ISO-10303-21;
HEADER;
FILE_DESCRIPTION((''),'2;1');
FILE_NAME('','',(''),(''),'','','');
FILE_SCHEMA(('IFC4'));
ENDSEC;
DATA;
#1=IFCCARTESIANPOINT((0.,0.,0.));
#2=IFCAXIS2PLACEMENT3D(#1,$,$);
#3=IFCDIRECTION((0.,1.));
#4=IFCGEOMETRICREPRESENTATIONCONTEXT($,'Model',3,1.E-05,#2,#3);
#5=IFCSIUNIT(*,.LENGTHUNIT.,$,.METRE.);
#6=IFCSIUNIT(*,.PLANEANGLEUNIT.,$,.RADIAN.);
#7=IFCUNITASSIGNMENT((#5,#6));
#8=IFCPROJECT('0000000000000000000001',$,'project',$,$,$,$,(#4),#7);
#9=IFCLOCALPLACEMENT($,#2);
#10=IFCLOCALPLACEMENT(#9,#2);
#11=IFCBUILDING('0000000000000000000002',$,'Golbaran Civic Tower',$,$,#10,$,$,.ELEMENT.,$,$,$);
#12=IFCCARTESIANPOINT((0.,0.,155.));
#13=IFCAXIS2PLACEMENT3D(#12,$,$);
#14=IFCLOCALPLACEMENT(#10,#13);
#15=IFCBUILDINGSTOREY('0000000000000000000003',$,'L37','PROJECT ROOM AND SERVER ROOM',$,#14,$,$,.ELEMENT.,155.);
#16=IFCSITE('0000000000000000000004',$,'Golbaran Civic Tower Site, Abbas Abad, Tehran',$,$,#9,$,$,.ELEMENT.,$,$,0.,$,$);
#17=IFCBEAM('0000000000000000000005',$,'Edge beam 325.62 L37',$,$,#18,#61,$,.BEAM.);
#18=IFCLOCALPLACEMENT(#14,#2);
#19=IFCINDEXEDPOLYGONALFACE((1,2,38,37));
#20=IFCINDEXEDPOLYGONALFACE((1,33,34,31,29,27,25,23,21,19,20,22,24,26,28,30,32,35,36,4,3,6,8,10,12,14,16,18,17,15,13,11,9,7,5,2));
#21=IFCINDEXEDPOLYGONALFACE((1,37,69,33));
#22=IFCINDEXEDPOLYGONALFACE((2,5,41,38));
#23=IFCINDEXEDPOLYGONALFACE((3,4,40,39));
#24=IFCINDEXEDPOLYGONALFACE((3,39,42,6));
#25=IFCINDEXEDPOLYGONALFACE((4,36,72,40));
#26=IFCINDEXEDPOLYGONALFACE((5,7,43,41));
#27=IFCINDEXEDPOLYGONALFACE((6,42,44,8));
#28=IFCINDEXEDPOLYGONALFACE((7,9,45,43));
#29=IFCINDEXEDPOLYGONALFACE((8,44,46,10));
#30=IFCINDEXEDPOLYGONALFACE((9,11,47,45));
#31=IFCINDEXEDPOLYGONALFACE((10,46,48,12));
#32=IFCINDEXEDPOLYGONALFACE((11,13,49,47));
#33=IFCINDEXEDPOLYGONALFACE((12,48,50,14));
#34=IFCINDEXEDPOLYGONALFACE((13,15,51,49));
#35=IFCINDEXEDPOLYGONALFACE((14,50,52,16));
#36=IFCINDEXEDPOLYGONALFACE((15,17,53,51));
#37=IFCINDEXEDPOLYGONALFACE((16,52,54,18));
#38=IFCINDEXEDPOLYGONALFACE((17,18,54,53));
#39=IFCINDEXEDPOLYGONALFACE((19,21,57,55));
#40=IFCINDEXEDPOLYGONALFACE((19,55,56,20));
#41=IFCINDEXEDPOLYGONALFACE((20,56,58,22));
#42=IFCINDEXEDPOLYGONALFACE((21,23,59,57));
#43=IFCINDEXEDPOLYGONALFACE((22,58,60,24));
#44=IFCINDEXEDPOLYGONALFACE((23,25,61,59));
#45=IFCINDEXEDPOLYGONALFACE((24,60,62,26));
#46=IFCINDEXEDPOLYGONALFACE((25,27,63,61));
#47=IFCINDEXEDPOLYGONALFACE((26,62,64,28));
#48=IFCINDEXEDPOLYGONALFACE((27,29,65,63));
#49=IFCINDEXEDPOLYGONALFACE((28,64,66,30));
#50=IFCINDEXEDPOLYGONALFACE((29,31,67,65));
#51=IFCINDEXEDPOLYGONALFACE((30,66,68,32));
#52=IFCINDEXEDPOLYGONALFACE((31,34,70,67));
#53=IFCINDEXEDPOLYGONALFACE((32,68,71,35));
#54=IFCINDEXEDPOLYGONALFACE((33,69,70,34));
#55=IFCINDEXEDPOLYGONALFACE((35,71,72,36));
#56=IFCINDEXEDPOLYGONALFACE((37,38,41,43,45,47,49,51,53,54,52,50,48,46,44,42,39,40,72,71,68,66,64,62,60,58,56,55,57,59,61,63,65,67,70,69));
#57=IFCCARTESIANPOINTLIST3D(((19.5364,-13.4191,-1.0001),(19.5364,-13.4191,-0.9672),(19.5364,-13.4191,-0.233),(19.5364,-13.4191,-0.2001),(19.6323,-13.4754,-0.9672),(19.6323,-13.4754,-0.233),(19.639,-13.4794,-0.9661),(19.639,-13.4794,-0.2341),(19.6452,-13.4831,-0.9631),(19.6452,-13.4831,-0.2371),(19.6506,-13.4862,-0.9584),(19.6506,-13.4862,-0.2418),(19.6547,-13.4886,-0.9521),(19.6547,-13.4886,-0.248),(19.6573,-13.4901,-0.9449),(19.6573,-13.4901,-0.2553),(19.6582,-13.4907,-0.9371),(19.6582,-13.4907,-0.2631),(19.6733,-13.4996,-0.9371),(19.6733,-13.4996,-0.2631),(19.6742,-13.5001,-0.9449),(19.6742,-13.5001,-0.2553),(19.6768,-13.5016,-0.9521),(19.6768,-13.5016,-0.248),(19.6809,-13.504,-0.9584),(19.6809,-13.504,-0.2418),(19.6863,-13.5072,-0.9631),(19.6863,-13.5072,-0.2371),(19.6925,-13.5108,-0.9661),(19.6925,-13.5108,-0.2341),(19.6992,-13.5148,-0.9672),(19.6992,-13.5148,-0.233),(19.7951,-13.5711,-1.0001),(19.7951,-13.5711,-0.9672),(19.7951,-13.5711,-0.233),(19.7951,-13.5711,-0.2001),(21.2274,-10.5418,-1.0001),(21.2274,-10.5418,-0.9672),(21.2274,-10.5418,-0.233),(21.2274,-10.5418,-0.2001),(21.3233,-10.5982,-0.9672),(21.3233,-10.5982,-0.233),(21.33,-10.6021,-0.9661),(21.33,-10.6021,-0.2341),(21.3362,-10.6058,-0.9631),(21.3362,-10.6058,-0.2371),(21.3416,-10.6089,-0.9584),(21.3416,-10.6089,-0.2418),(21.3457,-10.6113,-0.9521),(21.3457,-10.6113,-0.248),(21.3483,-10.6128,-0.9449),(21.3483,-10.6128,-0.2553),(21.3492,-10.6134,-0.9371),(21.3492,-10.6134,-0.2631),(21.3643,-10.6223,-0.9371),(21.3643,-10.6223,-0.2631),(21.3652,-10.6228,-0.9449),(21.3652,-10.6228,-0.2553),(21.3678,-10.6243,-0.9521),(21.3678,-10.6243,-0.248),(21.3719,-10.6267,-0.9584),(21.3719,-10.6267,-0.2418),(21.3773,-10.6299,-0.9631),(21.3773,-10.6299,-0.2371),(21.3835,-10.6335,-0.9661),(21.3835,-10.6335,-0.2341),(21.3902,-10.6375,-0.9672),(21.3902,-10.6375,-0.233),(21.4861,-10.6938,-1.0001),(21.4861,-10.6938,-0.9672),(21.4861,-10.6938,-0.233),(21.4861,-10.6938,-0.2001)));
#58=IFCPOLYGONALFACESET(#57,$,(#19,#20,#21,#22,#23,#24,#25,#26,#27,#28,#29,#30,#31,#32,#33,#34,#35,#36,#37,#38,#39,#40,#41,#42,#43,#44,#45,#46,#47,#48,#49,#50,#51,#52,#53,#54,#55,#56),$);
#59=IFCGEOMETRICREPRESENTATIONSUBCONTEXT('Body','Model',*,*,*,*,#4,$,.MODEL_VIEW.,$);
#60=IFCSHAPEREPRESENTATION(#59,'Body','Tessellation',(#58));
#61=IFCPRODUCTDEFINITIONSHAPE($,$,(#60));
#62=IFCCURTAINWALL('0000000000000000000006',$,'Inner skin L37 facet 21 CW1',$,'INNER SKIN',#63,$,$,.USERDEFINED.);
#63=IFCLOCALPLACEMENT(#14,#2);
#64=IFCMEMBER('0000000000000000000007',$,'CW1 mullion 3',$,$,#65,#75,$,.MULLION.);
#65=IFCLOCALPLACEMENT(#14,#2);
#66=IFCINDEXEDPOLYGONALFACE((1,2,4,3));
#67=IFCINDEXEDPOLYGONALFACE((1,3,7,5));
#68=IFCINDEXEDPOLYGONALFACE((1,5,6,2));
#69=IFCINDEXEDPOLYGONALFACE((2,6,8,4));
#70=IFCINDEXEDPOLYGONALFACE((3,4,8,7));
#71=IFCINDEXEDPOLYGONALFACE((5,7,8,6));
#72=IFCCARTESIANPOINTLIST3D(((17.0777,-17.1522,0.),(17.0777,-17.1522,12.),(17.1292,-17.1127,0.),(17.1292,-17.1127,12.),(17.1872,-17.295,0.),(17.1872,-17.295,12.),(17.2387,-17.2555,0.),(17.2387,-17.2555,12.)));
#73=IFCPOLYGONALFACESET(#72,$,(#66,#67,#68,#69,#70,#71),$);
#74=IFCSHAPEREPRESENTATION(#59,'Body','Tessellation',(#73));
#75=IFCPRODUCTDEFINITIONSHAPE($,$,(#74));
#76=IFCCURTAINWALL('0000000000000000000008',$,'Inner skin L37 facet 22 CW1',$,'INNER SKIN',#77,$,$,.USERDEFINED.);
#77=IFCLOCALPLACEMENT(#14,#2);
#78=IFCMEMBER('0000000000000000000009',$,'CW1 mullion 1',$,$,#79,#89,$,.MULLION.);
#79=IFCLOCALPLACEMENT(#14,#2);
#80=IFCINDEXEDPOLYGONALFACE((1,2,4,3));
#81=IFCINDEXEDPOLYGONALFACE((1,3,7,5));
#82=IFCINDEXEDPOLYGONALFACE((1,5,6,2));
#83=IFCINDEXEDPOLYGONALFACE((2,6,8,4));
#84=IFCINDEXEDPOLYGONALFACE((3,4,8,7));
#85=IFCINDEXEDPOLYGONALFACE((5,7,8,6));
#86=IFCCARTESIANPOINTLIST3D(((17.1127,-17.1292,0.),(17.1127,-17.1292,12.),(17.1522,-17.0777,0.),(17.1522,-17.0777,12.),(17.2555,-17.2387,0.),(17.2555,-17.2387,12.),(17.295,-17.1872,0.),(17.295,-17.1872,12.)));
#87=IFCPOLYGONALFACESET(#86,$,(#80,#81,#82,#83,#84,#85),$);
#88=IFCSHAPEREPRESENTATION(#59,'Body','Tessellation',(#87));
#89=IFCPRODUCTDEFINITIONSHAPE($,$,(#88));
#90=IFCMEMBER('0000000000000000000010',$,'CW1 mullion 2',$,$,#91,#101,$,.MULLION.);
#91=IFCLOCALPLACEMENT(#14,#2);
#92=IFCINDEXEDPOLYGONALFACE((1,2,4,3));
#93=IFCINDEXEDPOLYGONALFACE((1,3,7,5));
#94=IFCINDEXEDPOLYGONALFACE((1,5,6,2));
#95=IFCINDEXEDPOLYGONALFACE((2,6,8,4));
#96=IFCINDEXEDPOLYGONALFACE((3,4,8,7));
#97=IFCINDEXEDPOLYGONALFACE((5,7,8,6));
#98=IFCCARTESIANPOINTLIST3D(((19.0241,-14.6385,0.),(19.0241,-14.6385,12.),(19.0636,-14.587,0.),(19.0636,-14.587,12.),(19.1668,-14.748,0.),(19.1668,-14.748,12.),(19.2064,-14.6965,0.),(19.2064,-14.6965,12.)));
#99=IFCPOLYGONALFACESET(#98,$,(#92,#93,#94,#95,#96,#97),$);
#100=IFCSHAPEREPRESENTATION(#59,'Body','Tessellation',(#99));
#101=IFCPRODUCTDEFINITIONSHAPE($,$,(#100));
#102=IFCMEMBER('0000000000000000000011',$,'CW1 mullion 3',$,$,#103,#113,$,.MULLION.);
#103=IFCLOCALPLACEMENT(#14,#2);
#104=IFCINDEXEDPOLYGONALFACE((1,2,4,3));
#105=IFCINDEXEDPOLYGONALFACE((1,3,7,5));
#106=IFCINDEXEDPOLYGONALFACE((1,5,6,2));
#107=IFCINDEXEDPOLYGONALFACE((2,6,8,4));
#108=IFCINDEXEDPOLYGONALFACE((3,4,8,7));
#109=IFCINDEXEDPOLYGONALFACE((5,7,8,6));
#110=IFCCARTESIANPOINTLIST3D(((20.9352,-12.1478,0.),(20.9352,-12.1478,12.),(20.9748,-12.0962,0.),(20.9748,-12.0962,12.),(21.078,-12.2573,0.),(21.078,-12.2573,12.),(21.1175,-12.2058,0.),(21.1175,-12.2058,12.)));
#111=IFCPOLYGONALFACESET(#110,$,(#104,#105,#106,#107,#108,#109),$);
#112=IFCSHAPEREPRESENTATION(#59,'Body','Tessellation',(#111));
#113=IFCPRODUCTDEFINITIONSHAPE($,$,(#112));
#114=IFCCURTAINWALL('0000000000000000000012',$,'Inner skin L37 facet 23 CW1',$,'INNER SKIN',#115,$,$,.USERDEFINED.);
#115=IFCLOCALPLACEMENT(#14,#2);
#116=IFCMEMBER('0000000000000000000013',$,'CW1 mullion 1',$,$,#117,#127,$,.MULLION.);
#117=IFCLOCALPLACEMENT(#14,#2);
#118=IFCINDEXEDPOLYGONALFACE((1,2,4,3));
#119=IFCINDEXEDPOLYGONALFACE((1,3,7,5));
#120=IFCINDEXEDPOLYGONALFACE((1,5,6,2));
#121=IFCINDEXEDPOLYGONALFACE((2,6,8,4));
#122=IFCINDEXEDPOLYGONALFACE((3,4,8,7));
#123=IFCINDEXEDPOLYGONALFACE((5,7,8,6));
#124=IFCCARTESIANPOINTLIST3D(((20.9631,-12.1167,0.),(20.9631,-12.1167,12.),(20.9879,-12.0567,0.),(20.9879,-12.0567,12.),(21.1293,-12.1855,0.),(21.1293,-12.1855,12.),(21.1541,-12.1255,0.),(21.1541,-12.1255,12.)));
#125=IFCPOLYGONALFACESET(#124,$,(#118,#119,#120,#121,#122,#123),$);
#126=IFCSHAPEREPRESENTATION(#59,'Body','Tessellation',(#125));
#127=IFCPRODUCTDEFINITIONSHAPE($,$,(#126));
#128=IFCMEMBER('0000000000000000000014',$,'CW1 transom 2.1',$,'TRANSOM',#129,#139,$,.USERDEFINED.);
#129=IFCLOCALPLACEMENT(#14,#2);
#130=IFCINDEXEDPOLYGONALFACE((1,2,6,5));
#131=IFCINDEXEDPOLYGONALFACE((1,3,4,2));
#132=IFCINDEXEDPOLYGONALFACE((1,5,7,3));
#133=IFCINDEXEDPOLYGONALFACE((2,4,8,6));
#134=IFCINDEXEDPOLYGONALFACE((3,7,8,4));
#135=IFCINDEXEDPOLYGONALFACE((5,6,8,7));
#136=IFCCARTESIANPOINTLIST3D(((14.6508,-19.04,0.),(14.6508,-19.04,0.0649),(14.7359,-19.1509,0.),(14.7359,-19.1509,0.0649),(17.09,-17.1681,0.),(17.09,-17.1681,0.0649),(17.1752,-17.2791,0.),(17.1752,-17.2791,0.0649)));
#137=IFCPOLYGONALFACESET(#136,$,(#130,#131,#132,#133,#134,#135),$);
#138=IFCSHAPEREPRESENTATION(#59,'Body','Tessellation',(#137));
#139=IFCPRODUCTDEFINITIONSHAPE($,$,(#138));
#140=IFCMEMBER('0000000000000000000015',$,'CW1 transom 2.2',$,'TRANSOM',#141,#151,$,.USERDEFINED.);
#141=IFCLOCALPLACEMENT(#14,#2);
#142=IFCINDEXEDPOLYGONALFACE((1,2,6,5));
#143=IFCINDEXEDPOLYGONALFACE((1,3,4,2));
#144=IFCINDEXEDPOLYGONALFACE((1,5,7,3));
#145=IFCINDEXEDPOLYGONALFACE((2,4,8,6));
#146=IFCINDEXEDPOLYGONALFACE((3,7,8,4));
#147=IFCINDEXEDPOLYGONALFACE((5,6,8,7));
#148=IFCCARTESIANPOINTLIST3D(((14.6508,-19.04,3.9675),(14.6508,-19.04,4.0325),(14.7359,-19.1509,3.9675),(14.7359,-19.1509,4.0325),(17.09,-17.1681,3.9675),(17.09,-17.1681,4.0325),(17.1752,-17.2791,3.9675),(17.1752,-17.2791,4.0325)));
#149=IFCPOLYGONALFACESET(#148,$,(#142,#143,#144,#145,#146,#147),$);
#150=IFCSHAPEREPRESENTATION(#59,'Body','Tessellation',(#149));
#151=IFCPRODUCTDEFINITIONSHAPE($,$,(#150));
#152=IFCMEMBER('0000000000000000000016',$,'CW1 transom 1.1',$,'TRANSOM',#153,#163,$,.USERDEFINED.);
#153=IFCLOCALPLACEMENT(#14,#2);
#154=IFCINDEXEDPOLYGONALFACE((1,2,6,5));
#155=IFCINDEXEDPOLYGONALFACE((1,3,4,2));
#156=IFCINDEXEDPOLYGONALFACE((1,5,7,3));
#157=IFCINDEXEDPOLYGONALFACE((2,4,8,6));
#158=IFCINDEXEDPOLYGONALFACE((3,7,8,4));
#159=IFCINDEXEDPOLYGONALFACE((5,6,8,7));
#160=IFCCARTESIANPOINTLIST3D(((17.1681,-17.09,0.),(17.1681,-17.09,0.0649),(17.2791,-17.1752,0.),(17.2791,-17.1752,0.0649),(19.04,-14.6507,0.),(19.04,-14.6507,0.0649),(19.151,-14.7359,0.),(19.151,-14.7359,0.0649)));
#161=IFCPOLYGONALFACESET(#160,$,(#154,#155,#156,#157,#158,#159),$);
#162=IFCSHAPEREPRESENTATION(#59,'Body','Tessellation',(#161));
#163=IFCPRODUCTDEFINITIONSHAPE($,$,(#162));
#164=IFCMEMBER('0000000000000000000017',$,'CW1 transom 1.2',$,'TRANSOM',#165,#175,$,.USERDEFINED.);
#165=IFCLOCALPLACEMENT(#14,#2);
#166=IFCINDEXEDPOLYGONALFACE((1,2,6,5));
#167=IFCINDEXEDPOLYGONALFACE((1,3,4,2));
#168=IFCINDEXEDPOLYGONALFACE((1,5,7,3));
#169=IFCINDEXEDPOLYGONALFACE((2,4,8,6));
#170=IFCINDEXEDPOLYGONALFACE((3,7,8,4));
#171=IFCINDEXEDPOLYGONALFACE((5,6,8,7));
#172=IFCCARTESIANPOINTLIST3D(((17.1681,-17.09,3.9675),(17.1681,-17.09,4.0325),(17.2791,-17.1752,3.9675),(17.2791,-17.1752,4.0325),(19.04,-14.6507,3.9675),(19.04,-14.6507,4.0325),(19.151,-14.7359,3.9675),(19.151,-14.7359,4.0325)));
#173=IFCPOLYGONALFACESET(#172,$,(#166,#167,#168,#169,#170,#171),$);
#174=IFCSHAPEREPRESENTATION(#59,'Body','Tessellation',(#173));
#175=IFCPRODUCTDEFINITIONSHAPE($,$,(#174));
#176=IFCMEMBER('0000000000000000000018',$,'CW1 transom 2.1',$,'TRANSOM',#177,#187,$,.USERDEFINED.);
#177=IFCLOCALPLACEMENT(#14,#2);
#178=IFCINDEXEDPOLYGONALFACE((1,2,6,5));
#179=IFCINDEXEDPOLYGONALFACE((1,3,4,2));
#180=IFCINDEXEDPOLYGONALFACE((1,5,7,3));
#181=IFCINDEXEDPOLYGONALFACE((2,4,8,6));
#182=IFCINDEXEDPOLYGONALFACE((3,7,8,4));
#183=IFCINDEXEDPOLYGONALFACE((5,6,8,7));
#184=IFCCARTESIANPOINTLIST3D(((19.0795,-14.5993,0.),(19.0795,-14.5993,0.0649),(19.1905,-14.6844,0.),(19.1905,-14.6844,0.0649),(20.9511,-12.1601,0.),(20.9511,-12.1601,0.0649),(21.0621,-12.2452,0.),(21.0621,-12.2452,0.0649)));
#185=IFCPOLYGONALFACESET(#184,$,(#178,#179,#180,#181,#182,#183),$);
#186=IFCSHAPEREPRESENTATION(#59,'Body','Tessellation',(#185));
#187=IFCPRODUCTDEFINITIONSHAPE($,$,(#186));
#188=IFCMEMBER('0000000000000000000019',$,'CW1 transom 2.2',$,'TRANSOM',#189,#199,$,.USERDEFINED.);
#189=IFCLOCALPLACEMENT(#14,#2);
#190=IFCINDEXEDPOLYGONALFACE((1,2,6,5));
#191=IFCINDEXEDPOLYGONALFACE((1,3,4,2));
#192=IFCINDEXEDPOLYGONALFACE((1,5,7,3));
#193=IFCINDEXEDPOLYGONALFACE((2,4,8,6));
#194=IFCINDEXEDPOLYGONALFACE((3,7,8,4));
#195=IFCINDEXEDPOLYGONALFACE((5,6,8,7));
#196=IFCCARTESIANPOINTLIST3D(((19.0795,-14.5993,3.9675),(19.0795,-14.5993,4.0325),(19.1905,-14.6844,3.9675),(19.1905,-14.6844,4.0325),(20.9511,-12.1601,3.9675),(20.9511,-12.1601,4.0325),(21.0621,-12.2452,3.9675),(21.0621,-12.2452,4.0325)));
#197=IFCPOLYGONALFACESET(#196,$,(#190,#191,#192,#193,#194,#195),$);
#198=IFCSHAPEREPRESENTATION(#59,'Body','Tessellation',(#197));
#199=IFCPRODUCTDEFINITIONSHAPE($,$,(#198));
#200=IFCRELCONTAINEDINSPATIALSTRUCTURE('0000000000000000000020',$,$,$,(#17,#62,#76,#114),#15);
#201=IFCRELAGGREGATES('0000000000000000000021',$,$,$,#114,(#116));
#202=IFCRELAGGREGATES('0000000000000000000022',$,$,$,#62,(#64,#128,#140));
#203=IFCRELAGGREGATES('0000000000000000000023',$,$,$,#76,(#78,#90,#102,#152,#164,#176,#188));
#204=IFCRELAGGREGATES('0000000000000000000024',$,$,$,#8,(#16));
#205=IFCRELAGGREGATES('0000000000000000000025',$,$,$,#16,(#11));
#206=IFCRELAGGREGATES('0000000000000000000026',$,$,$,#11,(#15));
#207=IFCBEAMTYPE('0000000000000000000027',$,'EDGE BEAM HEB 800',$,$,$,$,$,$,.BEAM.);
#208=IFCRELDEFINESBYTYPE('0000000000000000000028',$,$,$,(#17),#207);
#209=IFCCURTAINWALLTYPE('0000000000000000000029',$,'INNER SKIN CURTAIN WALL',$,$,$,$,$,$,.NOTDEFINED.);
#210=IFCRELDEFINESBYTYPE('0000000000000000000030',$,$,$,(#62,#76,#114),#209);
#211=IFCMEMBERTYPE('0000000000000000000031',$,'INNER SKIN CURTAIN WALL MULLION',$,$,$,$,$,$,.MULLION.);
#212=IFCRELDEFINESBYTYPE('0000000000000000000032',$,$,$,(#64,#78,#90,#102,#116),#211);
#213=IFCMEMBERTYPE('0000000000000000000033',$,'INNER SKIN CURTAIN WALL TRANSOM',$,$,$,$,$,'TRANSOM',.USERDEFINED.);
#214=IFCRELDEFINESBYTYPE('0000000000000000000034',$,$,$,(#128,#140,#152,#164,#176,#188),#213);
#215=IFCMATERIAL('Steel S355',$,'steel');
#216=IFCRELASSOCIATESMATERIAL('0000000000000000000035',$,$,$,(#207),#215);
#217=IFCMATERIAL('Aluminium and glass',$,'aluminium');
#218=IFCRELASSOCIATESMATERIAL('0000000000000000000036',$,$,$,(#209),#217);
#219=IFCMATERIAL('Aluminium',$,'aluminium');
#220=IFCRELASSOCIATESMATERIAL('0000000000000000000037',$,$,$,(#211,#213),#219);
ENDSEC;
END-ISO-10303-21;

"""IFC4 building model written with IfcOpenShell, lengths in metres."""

from ifc_helpers import new_model, si_unit, direction, frame, origin, origin_2d, place, context, subcontext, project, spatial, rectangle, i_section, extrude, material, material_profile, profile_set, type_object, element, aggregate, save


model = new_model("IFC4")

# Units and contexts
model_context = context("Model", 3, precision=1e-05, world=origin(), true_north=direction((0.0, 1.0)))
body_context = subcontext(model_context, "Body", "Model", "MODEL_VIEW")
ifc_project = project(units=[si_unit("LENGTHUNIT", "METRE"), si_unit("PLANEANGLEUNIT", "RADIAN")], contexts=[model_context])

# Site, building, storey
site_placement = place(None, origin())
site = spatial("IfcSite", under=ifc_project, at=site_placement, Name="Golbaran Civic Tower Site, Abbas Abad, Tehran", CompositionType="ELEMENT", RefElevation=0.0)
building_placement = place(site_placement, origin())
building = spatial("IfcBuilding", under=site, at=building_placement, Name="Golbaran Civic Tower", CompositionType="ELEMENT")
storey_placement = place(building_placement, frame((0.0, 0.0, 155.0)))
storey = spatial("IfcBuildingStorey", under=building, at=storey_placement, Name="L37", Description="PROJECT ROOM AND SERVER ROOM", CompositionType="ELEMENT", Elevation=155.0)

# Beam
ifc_material_1 = material(Name="Steel S355", Category="steel")
ifc_material_profile_1 = material_profile(ifc_material_1, i_section(OverallWidth=0.3, OverallDepth=0.8, WebThickness=0.0176, FlangeThickness=0.033, FilletRadius=0.03, at=origin_2d()), Name="HEB 800")
ifc_profile_set_1 = profile_set([ifc_material_profile_1], Name="Steel S355")
beam_type = type_object("IfcBeamType", Name="EDGE BEAM HEB 800", PredefinedType="BEAM", material=ifc_profile_set_1)
beam_placement = place(storey_placement, frame((19.6658, -13.4951, -0.6001), z_axis=(0.506675, 0.862137, 0.0), x_axis=(-0.862137, 0.506675, 0.0)))
element("IfcBeam", 1, at=beam_placement, inside=storey, type_object=beam_type, Name="Edge beam 325.62 L37", PredefinedType="BEAM", context=body_context, shape_type="SweptSolid", body=[
    extrude(i_section(OverallWidth=0.3, OverallDepth=0.8, WebThickness=0.0176, FlangeThickness=0.033, FilletRadius=0.03, at=origin_2d()), origin(), (0.0, 0.0, 1.0), 3.3374),
])

# Curtain wall, member
ifc_material_2 = material(Name="Aluminium and glass", Category="aluminium")
curtain_wall_type = type_object("IfcCurtainWallType", Name="INNER SKIN CURTAIN WALL", PredefinedType="NOTDEFINED", material=ifc_material_2)
curtain_wall_1_placement = place(storey_placement, origin())
curtain_wall_1 = element("IfcCurtainWall", 2, at=curtain_wall_1_placement, inside=storey, type_object=curtain_wall_type, Name="Inner skin L37 facet 21 CW1", ObjectType="INNER SKIN", PredefinedType="USERDEFINED")
ifc_material_3 = material(Name="Aluminium", Category="aluminium")
ifc_material_profile_2 = material_profile(ifc_material_3, rectangle(XDim=0.1799, YDim=0.0649, at=origin_2d()), Name="INNER SKIN CURTAIN WALL MULLION")
ifc_profile_set_2 = profile_set([ifc_material_profile_2], Name="Aluminium")
member_type_1 = type_object("IfcMemberType", Name="INNER SKIN CURTAIN WALL MULLION", PredefinedType="MULLION", material=ifc_profile_set_2)
member_1_placement = place(storey_placement, frame((17.1582, -17.2039, 0.0), z_axis=(0.0, 0.0, 1.0), x_axis=(-0.608761, 0.793353, 0.0)))
member_1 = element("IfcMember", 3, at=member_1_placement, type_object=member_type_1, Name="CW1 mullion 3", PredefinedType="MULLION", context=body_context, shape_type="SweptSolid", body=[
    extrude(rectangle(XDim=0.1799, YDim=0.0649, at=origin_2d()), origin(), (0.0, 0.0, 1.0), 12.0),
])

# Curtain wall, members
curtain_wall_2_placement = place(storey_placement, origin())
curtain_wall_2 = element("IfcCurtainWall", 4, at=curtain_wall_2_placement, inside=storey, type_object=curtain_wall_type, Name="Inner skin L37 facet 22 CW1", ObjectType="INNER SKIN", PredefinedType="USERDEFINED")
member_2_placement = place(storey_placement, frame((17.2039, -17.1582, 0.0), z_axis=(0.0, 0.0, 1.0), x_axis=(-0.793353, 0.608761, 0.0)))
member_2 = element("IfcMember", 5, at=member_2_placement, type_object=member_type_1, Name="CW1 mullion 1", PredefinedType="MULLION", context=body_context, shape_type="SweptSolid", body=[
    extrude(rectangle(XDim=0.1799, YDim=0.0649, at=origin_2d()), origin(), (0.0, 0.0, 1.0), 12.0),
])
member_3_placement = place(storey_placement, frame((19.1152, -14.6675, 0.0), z_axis=(0.0, 0.0, 1.0), x_axis=(-0.793353, 0.608761, 0.0)))
member_3 = element("IfcMember", 6, at=member_3_placement, type_object=member_type_1, Name="CW1 mullion 2", PredefinedType="MULLION", context=body_context, shape_type="SweptSolid", body=[
    extrude(rectangle(XDim=0.1799, YDim=0.0649, at=origin_2d()), origin(), (0.0, 0.0, 1.0), 12.0),
])
member_4_placement = place(storey_placement, frame((21.0264, -12.1768, 0.0), z_axis=(0.0, 0.0, 1.0), x_axis=(-0.793353, 0.608761, 0.0)))
member_4 = element("IfcMember", 7, at=member_4_placement, type_object=member_type_1, Name="CW1 mullion 3", PredefinedType="MULLION", context=body_context, shape_type="SweptSolid", body=[
    extrude(rectangle(XDim=0.1799, YDim=0.0649, at=origin_2d()), origin(), (0.0, 0.0, 1.0), 12.0),
])

# Curtain wall, member
curtain_wall_3_placement = place(storey_placement, origin())
curtain_wall_3 = element("IfcCurtainWall", 8, at=curtain_wall_3_placement, inside=storey, type_object=curtain_wall_type, Name="Inner skin L37 facet 23 CW1", ObjectType="INNER SKIN", PredefinedType="USERDEFINED")
member_5_placement = place(storey_placement, frame((21.0586, -12.1211, 0.0), z_axis=(0.0, 0.0, 1.0), x_axis=(-0.92388, 0.382683, 0.0)))
member_5 = element("IfcMember", 9, at=member_5_placement, type_object=member_type_1, Name="CW1 mullion 1", PredefinedType="MULLION", context=body_context, shape_type="SweptSolid", body=[
    extrude(rectangle(XDim=0.1799, YDim=0.0649, at=origin_2d()), origin(), (0.0, 0.0, 1.0), 12.0),
])

# Members
ifc_material_profile_3 = material_profile(ifc_material_3, rectangle(XDim=0.1399, YDim=0.0649, at=origin_2d()), Name="INNER SKIN CURTAIN WALL TRANSOM")
ifc_profile_set_3 = profile_set([ifc_material_profile_3], Name="Aluminium")
member_type_2 = type_object("IfcMemberType", Name="INNER SKIN CURTAIN WALL TRANSOM", ElementType="TRANSOM", PredefinedType="USERDEFINED", material=ifc_profile_set_3)
member_6_placement = place(storey_placement, frame((14.6934, -19.0955, 0.0325), z_axis=(0.793329, 0.608793, 0.0), x_axis=(-0.608793, 0.793329, 0.0)))
member_6 = element("IfcMember", 10, at=member_6_placement, type_object=member_type_2, Name="CW1 transom 2.1", ObjectType="TRANSOM", PredefinedType="USERDEFINED", context=body_context, shape_type="SweptSolid", body=[
    extrude(rectangle(XDim=0.1399, YDim=0.0649, at=origin_2d()), origin(), (0.0, 0.0, 1.0), 3.0747),
])
member_7_placement = place(storey_placement, frame((14.6934, -19.0955, 4.0), z_axis=(0.793329, 0.608793, 0.0), x_axis=(-0.608793, 0.793329, 0.0)))
member_7 = element("IfcMember", 11, at=member_7_placement, type_object=member_type_2, Name="CW1 transom 2.2", ObjectType="TRANSOM", PredefinedType="USERDEFINED", context=body_context, shape_type="SweptSolid", body=[
    extrude(rectangle(XDim=0.1399, YDim=0.0649, at=origin_2d()), origin(), (0.0, 0.0, 1.0), 3.0747),
])
member_8_placement = place(storey_placement, frame((17.2236, -17.1326, 0.0325), z_axis=(0.608793, 0.793329, 0.0), x_axis=(-0.793329, 0.608793, 0.0)))
member_8 = element("IfcMember", 12, at=member_8_placement, type_object=member_type_2, Name="CW1 transom 1.1", ObjectType="TRANSOM", PredefinedType="USERDEFINED", context=body_context, shape_type="SweptSolid", body=[
    extrude(rectangle(XDim=0.1399, YDim=0.0649, at=origin_2d()), origin(), (0.0, 0.0, 1.0), 3.0747),
])
member_9_placement = place(storey_placement, frame((17.2236, -17.1326, 4.0), z_axis=(0.608793, 0.793329, 0.0), x_axis=(-0.793329, 0.608793, 0.0)))
member_9 = element("IfcMember", 13, at=member_9_placement, type_object=member_type_2, Name="CW1 transom 1.2", ObjectType="TRANSOM", PredefinedType="USERDEFINED", context=body_context, shape_type="SweptSolid", body=[
    extrude(rectangle(XDim=0.1399, YDim=0.0649, at=origin_2d()), origin(), (0.0, 0.0, 1.0), 3.0747),
])
member_10_placement = place(storey_placement, frame((19.135, -14.6418, 0.0325), z_axis=(0.608743, 0.793367, 0.0), x_axis=(-0.793367, 0.608743, 0.0)))
member_10 = element("IfcMember", 14, at=member_10_placement, type_object=member_type_2, Name="CW1 transom 2.1", ObjectType="TRANSOM", PredefinedType="USERDEFINED", context=body_context, shape_type="SweptSolid", body=[
    extrude(rectangle(XDim=0.1399, YDim=0.0649, at=origin_2d()), origin(), (0.0, 0.0, 1.0), 3.0745),
])
member_11_placement = place(storey_placement, frame((19.135, -14.6418, 4.0), z_axis=(0.608743, 0.793367, 0.0), x_axis=(-0.793367, 0.608743, 0.0)))
member_11 = element("IfcMember", 15, at=member_11_placement, type_object=member_type_2, Name="CW1 transom 2.2", ObjectType="TRANSOM", PredefinedType="USERDEFINED", context=body_context, shape_type="SweptSolid", body=[
    extrude(rectangle(XDim=0.1399, YDim=0.0649, at=origin_2d()), origin(), (0.0, 0.0, 1.0), 3.0745),
])

aggregate(curtain_wall_3, [member_5])
aggregate(curtain_wall_1, [member_1, member_6, member_7])
aggregate(curtain_wall_2, [member_2, member_3, member_4, member_8, member_9, member_10, member_11])

save(model, "model.ifc")
